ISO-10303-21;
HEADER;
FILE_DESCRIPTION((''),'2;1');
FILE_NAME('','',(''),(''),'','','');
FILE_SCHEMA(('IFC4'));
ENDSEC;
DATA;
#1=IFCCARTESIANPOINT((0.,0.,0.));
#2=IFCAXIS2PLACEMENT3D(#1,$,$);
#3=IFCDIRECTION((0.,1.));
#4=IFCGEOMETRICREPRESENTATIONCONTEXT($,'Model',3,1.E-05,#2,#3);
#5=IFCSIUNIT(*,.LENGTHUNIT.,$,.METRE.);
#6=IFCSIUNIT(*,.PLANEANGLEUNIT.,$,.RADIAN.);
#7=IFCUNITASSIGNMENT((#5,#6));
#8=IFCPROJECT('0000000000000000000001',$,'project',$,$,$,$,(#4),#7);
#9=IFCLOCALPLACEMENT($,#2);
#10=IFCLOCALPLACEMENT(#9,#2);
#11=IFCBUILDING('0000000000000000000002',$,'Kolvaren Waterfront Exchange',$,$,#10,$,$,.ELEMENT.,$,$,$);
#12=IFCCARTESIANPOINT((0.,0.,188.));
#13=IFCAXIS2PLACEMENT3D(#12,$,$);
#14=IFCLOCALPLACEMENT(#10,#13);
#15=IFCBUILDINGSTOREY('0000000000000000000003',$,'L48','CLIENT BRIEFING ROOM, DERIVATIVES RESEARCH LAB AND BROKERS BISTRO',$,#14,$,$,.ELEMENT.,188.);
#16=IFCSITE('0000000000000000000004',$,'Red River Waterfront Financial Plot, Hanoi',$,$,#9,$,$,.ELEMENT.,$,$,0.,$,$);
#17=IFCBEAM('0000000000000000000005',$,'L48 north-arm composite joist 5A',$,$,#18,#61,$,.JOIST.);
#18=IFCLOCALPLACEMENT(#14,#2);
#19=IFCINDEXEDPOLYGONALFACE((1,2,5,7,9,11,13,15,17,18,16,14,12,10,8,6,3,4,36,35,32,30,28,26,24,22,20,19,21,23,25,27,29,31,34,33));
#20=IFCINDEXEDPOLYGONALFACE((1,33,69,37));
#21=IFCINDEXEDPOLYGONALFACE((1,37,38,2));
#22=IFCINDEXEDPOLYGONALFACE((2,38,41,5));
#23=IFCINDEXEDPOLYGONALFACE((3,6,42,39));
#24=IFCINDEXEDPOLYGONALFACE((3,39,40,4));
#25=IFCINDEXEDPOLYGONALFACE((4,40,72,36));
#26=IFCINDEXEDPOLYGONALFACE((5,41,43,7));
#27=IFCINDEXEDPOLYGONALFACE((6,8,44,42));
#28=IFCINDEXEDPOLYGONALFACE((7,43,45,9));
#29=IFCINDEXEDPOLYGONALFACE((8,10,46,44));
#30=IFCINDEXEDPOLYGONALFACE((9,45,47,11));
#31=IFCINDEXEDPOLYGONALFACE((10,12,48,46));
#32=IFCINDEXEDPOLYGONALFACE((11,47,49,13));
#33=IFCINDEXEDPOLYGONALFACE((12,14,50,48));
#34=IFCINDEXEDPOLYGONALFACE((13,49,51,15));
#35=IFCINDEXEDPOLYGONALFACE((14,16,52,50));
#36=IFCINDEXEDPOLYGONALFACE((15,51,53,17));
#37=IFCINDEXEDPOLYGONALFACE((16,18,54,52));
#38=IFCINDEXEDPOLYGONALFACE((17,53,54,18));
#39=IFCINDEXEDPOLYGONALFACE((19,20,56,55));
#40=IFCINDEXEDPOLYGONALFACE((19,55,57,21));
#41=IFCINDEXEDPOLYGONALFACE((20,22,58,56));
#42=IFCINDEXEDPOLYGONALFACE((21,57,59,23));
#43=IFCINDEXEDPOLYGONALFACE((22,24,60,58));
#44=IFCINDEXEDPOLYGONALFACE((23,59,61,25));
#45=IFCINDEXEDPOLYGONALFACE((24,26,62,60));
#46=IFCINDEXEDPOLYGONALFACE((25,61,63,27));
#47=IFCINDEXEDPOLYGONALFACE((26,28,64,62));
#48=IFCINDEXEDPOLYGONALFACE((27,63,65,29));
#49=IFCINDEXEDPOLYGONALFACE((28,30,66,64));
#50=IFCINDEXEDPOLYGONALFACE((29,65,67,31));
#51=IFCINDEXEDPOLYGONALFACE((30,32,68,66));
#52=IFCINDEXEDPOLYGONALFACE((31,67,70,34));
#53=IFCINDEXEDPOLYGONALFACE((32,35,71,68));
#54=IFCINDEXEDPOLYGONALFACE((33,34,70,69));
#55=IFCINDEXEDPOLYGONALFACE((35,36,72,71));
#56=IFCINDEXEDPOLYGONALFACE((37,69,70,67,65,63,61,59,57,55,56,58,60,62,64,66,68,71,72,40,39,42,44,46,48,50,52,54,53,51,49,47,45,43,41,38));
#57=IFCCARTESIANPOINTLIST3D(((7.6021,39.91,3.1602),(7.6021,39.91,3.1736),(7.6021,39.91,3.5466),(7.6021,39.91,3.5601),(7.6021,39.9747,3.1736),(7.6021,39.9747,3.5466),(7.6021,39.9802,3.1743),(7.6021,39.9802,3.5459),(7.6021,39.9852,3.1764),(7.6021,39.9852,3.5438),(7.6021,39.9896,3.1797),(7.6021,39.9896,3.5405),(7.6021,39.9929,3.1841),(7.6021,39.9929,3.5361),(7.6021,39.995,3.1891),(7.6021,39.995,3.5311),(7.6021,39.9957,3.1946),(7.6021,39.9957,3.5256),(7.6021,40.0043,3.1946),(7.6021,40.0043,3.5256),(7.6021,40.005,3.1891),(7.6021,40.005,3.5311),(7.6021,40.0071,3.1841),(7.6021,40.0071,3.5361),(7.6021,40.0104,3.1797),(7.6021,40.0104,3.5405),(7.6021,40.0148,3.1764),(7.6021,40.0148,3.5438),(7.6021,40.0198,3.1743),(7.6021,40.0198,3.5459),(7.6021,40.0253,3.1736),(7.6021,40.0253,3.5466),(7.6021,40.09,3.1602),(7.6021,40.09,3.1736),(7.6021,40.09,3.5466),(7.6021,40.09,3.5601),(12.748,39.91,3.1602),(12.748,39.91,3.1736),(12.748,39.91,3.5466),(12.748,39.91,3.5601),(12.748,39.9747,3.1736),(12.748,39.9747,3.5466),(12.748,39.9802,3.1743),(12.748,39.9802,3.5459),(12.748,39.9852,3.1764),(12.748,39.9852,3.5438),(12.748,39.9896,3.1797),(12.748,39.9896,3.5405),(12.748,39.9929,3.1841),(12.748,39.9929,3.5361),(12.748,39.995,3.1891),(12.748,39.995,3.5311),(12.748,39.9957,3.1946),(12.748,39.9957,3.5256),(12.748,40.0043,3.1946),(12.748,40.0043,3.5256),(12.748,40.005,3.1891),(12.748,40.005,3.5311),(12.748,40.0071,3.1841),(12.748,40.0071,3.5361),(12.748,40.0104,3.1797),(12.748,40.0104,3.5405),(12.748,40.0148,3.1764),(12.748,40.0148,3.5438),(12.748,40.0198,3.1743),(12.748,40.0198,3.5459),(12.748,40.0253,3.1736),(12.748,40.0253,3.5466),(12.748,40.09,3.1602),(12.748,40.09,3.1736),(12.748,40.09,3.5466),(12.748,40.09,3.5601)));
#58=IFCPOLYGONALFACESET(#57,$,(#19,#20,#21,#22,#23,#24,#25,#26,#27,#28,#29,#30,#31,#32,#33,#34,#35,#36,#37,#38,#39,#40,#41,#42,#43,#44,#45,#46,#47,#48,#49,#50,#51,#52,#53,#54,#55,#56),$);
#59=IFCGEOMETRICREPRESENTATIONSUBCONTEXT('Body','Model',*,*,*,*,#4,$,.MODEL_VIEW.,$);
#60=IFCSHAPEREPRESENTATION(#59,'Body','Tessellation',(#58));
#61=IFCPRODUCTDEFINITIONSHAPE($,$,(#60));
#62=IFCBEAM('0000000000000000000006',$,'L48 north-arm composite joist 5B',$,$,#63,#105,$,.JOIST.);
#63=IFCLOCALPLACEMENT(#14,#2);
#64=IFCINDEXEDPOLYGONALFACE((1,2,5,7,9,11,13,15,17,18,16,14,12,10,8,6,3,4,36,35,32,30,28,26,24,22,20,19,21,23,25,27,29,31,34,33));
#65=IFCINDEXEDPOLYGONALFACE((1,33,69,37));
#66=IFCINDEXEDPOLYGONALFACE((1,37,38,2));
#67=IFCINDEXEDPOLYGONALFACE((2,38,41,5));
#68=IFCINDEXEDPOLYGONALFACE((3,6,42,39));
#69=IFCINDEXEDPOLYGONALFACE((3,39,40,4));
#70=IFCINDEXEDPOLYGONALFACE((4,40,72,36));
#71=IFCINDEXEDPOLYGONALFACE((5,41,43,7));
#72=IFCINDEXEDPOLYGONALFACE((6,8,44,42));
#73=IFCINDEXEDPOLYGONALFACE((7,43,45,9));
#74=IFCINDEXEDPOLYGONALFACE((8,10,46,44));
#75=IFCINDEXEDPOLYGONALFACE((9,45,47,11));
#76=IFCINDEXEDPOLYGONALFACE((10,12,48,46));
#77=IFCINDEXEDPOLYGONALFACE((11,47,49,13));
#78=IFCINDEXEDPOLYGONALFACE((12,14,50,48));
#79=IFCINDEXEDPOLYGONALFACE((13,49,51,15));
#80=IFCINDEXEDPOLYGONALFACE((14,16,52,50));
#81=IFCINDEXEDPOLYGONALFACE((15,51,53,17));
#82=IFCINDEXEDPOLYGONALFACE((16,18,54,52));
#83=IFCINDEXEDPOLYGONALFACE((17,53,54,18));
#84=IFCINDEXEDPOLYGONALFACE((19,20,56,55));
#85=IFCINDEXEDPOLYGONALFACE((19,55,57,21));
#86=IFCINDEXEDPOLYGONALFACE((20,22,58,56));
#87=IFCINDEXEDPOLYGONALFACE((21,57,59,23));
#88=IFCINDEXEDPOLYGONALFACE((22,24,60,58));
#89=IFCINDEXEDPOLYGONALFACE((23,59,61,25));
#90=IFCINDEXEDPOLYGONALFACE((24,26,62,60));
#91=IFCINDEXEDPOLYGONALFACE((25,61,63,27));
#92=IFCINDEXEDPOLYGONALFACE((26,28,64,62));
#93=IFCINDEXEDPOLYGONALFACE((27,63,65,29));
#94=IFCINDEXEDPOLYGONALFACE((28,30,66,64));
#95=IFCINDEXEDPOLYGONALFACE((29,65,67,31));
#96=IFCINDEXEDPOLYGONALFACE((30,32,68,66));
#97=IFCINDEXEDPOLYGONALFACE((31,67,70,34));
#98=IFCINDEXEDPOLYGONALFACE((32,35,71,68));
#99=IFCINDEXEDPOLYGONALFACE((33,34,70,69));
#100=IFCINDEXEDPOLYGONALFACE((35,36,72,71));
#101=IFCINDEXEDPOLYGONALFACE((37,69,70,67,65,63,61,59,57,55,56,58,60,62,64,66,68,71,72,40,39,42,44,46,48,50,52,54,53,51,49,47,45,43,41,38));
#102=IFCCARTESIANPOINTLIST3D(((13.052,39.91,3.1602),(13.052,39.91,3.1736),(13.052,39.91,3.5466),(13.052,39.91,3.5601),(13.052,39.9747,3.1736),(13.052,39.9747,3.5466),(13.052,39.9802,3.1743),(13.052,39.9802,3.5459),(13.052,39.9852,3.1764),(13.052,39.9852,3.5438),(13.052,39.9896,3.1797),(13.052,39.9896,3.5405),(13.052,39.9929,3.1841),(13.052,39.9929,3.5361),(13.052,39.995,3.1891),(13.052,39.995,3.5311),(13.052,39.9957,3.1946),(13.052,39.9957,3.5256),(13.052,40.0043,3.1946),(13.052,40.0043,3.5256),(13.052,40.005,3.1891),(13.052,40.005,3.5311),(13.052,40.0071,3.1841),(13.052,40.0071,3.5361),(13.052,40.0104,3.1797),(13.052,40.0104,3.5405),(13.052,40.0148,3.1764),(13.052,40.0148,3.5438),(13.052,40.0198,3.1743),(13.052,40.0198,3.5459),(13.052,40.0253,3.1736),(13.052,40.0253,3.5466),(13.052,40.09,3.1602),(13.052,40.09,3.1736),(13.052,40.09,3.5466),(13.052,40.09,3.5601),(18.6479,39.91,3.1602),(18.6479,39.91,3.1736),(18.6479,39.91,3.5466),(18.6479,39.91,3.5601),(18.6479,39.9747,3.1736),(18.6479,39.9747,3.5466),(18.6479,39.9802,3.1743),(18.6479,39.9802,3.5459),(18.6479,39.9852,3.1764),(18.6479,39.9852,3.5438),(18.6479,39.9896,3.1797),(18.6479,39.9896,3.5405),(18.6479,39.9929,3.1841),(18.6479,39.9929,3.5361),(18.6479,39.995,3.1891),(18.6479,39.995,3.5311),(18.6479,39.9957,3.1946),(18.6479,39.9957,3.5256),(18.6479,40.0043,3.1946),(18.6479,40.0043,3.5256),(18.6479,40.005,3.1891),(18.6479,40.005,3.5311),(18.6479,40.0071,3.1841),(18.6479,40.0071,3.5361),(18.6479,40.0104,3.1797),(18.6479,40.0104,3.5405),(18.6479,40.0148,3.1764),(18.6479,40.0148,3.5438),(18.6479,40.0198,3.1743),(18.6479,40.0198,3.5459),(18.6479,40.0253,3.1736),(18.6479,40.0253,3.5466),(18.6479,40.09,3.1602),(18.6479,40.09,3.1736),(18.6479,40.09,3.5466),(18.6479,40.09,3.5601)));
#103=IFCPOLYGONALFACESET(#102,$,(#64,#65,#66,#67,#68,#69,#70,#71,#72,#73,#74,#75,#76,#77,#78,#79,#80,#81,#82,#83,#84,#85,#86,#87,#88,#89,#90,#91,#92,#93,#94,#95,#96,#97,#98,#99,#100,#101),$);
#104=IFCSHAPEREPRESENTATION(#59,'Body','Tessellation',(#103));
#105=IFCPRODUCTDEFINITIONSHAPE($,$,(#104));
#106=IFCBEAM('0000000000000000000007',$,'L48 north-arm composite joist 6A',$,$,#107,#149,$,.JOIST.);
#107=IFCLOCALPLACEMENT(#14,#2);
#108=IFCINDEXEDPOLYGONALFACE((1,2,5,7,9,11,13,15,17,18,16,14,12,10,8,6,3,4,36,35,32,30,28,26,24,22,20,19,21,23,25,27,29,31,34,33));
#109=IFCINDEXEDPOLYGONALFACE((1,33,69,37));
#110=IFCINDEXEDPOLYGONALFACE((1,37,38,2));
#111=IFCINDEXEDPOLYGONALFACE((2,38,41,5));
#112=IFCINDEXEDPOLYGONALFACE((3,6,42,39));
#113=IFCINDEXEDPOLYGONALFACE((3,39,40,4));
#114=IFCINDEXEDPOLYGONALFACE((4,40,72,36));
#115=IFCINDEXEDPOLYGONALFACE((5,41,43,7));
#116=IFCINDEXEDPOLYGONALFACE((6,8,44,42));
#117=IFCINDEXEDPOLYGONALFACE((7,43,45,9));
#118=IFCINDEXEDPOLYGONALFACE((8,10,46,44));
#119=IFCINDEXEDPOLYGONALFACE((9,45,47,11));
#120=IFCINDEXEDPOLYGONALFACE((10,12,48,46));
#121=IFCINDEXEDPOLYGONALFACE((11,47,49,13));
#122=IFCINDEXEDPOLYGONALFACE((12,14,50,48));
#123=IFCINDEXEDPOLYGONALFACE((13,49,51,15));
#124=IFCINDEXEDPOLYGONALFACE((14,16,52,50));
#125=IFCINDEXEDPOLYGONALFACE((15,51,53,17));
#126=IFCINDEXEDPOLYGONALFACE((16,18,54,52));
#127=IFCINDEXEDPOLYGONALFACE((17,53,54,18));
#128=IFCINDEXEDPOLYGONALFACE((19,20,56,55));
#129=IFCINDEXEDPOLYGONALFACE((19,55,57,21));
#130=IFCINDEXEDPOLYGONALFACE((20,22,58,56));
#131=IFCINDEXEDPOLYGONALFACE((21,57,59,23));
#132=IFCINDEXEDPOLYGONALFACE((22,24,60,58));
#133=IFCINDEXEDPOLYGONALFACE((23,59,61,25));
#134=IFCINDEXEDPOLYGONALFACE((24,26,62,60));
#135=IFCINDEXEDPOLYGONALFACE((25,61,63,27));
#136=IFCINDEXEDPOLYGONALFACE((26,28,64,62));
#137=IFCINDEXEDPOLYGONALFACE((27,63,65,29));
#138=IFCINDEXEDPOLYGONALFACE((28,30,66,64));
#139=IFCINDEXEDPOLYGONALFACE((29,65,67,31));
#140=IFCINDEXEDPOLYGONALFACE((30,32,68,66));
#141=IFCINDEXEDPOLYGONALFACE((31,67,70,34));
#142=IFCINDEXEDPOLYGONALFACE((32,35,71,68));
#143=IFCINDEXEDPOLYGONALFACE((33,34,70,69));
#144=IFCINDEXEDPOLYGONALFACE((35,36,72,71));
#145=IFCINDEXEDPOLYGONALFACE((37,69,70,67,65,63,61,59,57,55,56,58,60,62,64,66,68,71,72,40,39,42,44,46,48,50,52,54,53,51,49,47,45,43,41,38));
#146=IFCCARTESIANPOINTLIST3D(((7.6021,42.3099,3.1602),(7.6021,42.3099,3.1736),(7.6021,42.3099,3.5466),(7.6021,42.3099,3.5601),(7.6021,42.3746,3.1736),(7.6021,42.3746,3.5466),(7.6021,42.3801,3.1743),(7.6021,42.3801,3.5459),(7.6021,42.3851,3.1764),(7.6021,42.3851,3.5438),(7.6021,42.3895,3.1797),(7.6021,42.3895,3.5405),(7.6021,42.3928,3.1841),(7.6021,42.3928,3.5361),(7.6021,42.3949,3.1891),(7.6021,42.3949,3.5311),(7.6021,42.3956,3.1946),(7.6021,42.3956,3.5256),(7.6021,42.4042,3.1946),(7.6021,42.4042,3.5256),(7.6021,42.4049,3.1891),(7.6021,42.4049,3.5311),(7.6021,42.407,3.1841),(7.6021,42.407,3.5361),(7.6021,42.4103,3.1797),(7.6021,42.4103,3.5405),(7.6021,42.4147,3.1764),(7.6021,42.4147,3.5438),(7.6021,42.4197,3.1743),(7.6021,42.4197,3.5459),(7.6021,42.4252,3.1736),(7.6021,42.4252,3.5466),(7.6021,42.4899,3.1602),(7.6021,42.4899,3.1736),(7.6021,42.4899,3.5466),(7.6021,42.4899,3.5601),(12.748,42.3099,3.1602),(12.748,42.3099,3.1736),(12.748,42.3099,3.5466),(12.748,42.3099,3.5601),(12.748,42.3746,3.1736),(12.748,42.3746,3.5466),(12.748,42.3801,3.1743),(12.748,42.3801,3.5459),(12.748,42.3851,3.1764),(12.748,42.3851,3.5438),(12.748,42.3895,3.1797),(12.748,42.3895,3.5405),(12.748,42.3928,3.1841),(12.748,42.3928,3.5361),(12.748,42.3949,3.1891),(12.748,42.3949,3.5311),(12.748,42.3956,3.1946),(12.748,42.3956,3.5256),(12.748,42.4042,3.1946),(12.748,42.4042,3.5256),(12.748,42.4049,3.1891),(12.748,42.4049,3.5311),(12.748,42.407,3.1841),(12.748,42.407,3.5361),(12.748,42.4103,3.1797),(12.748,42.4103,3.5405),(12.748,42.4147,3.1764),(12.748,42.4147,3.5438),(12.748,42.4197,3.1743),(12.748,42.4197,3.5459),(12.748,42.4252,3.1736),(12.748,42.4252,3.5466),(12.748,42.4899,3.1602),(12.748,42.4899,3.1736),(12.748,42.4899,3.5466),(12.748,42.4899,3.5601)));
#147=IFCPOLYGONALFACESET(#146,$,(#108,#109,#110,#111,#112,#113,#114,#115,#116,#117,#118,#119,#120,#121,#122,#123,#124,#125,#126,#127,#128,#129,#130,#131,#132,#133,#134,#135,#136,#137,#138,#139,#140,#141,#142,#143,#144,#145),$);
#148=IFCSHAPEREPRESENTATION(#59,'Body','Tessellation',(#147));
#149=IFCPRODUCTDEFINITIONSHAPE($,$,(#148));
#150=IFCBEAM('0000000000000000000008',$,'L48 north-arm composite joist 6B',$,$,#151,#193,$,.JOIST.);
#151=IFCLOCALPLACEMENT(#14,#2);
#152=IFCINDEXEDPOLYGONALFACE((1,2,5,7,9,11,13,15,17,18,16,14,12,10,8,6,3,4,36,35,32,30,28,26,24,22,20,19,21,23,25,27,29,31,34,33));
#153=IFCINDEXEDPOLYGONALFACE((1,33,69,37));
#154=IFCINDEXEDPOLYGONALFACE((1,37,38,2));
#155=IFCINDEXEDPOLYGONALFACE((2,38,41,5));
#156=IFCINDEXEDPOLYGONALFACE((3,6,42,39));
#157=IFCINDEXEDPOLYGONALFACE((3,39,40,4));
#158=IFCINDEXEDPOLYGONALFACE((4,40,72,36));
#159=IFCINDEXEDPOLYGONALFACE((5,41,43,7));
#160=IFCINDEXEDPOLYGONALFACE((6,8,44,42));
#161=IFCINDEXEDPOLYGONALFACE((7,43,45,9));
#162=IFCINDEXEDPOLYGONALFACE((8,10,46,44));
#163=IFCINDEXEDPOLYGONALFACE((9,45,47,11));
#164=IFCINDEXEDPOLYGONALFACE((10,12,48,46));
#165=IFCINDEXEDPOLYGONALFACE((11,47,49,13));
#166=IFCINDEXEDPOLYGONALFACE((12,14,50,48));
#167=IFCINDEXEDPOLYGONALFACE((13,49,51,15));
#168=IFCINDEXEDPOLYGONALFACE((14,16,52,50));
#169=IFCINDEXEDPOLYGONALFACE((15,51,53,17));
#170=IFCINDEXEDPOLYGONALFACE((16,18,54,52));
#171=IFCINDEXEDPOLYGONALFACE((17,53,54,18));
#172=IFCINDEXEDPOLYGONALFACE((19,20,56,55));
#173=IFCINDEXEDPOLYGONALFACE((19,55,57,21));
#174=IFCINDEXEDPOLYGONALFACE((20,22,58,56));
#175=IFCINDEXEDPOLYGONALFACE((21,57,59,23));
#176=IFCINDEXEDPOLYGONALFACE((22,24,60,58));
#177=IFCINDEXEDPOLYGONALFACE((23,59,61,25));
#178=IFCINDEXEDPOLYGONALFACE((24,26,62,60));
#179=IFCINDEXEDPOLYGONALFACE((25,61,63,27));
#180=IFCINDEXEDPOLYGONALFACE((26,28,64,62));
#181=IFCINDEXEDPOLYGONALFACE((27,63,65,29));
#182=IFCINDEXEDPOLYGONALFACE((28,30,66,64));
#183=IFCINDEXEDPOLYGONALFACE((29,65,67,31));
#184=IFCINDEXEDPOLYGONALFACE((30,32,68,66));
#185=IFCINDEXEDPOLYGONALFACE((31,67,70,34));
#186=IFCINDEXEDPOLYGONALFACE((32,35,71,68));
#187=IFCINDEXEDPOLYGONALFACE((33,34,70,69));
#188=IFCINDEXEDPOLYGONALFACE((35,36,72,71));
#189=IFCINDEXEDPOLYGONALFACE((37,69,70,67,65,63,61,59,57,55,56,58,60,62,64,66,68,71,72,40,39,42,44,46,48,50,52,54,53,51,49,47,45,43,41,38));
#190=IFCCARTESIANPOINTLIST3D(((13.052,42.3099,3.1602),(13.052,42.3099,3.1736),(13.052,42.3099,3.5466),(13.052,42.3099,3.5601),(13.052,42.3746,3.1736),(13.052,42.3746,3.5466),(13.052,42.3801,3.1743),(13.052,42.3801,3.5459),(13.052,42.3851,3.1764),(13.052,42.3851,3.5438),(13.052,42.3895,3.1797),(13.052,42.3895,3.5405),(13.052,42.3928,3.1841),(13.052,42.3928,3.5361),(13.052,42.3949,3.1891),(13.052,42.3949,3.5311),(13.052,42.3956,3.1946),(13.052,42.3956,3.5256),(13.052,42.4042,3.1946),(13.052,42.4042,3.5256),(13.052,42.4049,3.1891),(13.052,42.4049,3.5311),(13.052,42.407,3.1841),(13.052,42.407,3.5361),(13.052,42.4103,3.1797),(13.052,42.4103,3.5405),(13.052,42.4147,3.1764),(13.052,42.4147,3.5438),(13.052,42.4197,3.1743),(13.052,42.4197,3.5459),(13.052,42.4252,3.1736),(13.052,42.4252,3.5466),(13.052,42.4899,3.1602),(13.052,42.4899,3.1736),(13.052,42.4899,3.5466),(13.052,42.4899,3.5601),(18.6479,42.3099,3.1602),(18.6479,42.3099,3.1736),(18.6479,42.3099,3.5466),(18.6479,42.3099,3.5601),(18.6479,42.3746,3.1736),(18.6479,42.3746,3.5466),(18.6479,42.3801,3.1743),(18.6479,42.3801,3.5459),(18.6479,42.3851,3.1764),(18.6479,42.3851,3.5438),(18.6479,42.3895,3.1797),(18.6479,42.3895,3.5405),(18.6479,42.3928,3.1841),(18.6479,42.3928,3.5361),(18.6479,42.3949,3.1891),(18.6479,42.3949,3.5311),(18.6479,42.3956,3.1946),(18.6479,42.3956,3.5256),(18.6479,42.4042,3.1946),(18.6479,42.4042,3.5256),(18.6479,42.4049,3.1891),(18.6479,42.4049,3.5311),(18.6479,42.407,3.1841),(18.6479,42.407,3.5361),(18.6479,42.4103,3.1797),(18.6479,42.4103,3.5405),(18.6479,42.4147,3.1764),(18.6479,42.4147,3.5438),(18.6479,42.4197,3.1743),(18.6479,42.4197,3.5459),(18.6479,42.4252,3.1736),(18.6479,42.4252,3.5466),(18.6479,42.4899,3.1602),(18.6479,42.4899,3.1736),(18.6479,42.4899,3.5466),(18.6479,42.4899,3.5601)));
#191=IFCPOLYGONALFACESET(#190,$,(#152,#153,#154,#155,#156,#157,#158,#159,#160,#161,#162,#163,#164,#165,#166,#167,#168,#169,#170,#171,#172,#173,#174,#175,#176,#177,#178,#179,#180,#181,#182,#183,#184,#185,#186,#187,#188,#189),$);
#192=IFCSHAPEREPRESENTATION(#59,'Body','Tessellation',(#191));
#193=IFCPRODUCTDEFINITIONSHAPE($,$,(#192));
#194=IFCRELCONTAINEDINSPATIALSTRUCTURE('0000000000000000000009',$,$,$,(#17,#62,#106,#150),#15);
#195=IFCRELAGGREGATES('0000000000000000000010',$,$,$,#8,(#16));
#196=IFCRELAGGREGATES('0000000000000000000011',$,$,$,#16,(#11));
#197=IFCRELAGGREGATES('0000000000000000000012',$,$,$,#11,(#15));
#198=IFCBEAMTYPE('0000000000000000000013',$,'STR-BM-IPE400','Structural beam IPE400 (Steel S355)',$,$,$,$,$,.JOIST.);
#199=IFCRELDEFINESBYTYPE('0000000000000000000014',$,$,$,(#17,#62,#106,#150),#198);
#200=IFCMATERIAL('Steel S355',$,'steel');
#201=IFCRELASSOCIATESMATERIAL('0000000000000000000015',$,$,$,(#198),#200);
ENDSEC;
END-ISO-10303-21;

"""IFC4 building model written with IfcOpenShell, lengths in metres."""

from ifc_helpers import new_model, si_unit, direction, frame, origin, origin_2d, place, context, subcontext, project, spatial, i_section, extrude, material, material_profile, profile_set, type_object, element, save


model = new_model("IFC4")

# Units and contexts
model_context = context("Model", 3, precision=1e-05, world=origin(), true_north=direction((0.0, 1.0)))
body_context = subcontext(model_context, "Body", "Model", "MODEL_VIEW")
ifc_project = project(units=[si_unit("LENGTHUNIT", "METRE"), si_unit("PLANEANGLEUNIT", "RADIAN")], contexts=[model_context])

# Site, building, storey
site_placement = place(None, origin())
site = spatial("IfcSite", under=ifc_project, at=site_placement, Name="Red River Waterfront Financial Plot, Hanoi", CompositionType="ELEMENT", RefElevation=0.0)
building_placement = place(site_placement, origin())
building = spatial("IfcBuilding", under=site, at=building_placement, Name="Kolvaren Waterfront Exchange", CompositionType="ELEMENT")
storey_placement = place(building_placement, frame((0.0, 0.0, 188.0)))
storey = spatial("IfcBuildingStorey", under=building, at=storey_placement, Name="L48", Description="CLIENT BRIEFING ROOM, DERIVATIVES RESEARCH LAB AND BROKERS BISTRO", CompositionType="ELEMENT", Elevation=188.0)

# Beams
ifc_material_1 = material(Name="Steel S355", Category="steel")
ifc_material_profile_1 = material_profile(ifc_material_1, i_section(OverallWidth=0.1799, OverallDepth=0.3999, WebThickness=0.0085, FlangeThickness=0.0134, FilletRadius=0.021, at=origin_2d()), Name="IPE400")
ifc_profile_set_1 = profile_set([ifc_material_profile_1], Name="Steel S355")
beam_type_1 = type_object("IfcBeamType", Name="STR-BM-IPE400", Description="Structural beam IPE400 (Steel S355)", PredefinedType="JOIST", material=ifc_profile_set_1)
beam_1_placement = place(storey_placement, frame((7.6021, 40.0, 3.3601), z_axis=(1.0, 0.0, 0.0), x_axis=(0.0, 1.0, 0.0)))
element("IfcBeam", 1, at=beam_1_placement, inside=storey, type_object=beam_type_1, Name="L48 north-arm composite joist 5A", PredefinedType="JOIST", context=body_context, shape_type="SweptSolid", body=[
    extrude(i_section(OverallWidth=0.1799, OverallDepth=0.3999, WebThickness=0.0085, FlangeThickness=0.0134, FilletRadius=0.021, at=origin_2d()), origin(), (0.0, 0.0, 1.0), 5.146),
])
beam_2_placement = place(storey_placement, frame((13.052, 40.0, 3.3601), z_axis=(1.0, 0.0, 0.0), x_axis=(0.0, 1.0, 0.0)))
element("IfcBeam", 2, at=beam_2_placement, inside=storey, type_object=beam_type_1, Name="L48 north-arm composite joist 5B", PredefinedType="JOIST", context=body_context, shape_type="SweptSolid", body=[
    extrude(i_section(OverallWidth=0.1799, OverallDepth=0.3999, WebThickness=0.0085, FlangeThickness=0.0134, FilletRadius=0.021, at=origin_2d()), origin(), (0.0, 0.0, 1.0), 5.5959),
])
beam_3_placement = place(storey_placement, frame((7.6021, 42.3999, 3.3601), z_axis=(1.0, 0.0, 0.0), x_axis=(0.0, 1.0, 0.0)))
element("IfcBeam", 3, at=beam_3_placement, inside=storey, type_object=beam_type_1, Name="L48 north-arm composite joist 6A", PredefinedType="JOIST", context=body_context, shape_type="SweptSolid", body=[
    extrude(i_section(OverallWidth=0.1799, OverallDepth=0.3999, WebThickness=0.0085, FlangeThickness=0.0134, FilletRadius=0.021, at=origin_2d()), origin(), (0.0, 0.0, 1.0), 5.146),
])
beam_4_placement = place(storey_placement, frame((13.052, 42.3999, 3.3601), z_axis=(1.0, 0.0, 0.0), x_axis=(0.0, 1.0, 0.0)))
element("IfcBeam", 4, at=beam_4_placement, inside=storey, type_object=beam_type_1, Name="L48 north-arm composite joist 6B", PredefinedType="JOIST", context=body_context, shape_type="SweptSolid", body=[
    extrude(i_section(OverallWidth=0.1799, OverallDepth=0.3999, WebThickness=0.0085, FlangeThickness=0.0134, FilletRadius=0.021, at=origin_2d()), origin(), (0.0, 0.0, 1.0), 5.5959),
])

save(model, "model.ifc")
